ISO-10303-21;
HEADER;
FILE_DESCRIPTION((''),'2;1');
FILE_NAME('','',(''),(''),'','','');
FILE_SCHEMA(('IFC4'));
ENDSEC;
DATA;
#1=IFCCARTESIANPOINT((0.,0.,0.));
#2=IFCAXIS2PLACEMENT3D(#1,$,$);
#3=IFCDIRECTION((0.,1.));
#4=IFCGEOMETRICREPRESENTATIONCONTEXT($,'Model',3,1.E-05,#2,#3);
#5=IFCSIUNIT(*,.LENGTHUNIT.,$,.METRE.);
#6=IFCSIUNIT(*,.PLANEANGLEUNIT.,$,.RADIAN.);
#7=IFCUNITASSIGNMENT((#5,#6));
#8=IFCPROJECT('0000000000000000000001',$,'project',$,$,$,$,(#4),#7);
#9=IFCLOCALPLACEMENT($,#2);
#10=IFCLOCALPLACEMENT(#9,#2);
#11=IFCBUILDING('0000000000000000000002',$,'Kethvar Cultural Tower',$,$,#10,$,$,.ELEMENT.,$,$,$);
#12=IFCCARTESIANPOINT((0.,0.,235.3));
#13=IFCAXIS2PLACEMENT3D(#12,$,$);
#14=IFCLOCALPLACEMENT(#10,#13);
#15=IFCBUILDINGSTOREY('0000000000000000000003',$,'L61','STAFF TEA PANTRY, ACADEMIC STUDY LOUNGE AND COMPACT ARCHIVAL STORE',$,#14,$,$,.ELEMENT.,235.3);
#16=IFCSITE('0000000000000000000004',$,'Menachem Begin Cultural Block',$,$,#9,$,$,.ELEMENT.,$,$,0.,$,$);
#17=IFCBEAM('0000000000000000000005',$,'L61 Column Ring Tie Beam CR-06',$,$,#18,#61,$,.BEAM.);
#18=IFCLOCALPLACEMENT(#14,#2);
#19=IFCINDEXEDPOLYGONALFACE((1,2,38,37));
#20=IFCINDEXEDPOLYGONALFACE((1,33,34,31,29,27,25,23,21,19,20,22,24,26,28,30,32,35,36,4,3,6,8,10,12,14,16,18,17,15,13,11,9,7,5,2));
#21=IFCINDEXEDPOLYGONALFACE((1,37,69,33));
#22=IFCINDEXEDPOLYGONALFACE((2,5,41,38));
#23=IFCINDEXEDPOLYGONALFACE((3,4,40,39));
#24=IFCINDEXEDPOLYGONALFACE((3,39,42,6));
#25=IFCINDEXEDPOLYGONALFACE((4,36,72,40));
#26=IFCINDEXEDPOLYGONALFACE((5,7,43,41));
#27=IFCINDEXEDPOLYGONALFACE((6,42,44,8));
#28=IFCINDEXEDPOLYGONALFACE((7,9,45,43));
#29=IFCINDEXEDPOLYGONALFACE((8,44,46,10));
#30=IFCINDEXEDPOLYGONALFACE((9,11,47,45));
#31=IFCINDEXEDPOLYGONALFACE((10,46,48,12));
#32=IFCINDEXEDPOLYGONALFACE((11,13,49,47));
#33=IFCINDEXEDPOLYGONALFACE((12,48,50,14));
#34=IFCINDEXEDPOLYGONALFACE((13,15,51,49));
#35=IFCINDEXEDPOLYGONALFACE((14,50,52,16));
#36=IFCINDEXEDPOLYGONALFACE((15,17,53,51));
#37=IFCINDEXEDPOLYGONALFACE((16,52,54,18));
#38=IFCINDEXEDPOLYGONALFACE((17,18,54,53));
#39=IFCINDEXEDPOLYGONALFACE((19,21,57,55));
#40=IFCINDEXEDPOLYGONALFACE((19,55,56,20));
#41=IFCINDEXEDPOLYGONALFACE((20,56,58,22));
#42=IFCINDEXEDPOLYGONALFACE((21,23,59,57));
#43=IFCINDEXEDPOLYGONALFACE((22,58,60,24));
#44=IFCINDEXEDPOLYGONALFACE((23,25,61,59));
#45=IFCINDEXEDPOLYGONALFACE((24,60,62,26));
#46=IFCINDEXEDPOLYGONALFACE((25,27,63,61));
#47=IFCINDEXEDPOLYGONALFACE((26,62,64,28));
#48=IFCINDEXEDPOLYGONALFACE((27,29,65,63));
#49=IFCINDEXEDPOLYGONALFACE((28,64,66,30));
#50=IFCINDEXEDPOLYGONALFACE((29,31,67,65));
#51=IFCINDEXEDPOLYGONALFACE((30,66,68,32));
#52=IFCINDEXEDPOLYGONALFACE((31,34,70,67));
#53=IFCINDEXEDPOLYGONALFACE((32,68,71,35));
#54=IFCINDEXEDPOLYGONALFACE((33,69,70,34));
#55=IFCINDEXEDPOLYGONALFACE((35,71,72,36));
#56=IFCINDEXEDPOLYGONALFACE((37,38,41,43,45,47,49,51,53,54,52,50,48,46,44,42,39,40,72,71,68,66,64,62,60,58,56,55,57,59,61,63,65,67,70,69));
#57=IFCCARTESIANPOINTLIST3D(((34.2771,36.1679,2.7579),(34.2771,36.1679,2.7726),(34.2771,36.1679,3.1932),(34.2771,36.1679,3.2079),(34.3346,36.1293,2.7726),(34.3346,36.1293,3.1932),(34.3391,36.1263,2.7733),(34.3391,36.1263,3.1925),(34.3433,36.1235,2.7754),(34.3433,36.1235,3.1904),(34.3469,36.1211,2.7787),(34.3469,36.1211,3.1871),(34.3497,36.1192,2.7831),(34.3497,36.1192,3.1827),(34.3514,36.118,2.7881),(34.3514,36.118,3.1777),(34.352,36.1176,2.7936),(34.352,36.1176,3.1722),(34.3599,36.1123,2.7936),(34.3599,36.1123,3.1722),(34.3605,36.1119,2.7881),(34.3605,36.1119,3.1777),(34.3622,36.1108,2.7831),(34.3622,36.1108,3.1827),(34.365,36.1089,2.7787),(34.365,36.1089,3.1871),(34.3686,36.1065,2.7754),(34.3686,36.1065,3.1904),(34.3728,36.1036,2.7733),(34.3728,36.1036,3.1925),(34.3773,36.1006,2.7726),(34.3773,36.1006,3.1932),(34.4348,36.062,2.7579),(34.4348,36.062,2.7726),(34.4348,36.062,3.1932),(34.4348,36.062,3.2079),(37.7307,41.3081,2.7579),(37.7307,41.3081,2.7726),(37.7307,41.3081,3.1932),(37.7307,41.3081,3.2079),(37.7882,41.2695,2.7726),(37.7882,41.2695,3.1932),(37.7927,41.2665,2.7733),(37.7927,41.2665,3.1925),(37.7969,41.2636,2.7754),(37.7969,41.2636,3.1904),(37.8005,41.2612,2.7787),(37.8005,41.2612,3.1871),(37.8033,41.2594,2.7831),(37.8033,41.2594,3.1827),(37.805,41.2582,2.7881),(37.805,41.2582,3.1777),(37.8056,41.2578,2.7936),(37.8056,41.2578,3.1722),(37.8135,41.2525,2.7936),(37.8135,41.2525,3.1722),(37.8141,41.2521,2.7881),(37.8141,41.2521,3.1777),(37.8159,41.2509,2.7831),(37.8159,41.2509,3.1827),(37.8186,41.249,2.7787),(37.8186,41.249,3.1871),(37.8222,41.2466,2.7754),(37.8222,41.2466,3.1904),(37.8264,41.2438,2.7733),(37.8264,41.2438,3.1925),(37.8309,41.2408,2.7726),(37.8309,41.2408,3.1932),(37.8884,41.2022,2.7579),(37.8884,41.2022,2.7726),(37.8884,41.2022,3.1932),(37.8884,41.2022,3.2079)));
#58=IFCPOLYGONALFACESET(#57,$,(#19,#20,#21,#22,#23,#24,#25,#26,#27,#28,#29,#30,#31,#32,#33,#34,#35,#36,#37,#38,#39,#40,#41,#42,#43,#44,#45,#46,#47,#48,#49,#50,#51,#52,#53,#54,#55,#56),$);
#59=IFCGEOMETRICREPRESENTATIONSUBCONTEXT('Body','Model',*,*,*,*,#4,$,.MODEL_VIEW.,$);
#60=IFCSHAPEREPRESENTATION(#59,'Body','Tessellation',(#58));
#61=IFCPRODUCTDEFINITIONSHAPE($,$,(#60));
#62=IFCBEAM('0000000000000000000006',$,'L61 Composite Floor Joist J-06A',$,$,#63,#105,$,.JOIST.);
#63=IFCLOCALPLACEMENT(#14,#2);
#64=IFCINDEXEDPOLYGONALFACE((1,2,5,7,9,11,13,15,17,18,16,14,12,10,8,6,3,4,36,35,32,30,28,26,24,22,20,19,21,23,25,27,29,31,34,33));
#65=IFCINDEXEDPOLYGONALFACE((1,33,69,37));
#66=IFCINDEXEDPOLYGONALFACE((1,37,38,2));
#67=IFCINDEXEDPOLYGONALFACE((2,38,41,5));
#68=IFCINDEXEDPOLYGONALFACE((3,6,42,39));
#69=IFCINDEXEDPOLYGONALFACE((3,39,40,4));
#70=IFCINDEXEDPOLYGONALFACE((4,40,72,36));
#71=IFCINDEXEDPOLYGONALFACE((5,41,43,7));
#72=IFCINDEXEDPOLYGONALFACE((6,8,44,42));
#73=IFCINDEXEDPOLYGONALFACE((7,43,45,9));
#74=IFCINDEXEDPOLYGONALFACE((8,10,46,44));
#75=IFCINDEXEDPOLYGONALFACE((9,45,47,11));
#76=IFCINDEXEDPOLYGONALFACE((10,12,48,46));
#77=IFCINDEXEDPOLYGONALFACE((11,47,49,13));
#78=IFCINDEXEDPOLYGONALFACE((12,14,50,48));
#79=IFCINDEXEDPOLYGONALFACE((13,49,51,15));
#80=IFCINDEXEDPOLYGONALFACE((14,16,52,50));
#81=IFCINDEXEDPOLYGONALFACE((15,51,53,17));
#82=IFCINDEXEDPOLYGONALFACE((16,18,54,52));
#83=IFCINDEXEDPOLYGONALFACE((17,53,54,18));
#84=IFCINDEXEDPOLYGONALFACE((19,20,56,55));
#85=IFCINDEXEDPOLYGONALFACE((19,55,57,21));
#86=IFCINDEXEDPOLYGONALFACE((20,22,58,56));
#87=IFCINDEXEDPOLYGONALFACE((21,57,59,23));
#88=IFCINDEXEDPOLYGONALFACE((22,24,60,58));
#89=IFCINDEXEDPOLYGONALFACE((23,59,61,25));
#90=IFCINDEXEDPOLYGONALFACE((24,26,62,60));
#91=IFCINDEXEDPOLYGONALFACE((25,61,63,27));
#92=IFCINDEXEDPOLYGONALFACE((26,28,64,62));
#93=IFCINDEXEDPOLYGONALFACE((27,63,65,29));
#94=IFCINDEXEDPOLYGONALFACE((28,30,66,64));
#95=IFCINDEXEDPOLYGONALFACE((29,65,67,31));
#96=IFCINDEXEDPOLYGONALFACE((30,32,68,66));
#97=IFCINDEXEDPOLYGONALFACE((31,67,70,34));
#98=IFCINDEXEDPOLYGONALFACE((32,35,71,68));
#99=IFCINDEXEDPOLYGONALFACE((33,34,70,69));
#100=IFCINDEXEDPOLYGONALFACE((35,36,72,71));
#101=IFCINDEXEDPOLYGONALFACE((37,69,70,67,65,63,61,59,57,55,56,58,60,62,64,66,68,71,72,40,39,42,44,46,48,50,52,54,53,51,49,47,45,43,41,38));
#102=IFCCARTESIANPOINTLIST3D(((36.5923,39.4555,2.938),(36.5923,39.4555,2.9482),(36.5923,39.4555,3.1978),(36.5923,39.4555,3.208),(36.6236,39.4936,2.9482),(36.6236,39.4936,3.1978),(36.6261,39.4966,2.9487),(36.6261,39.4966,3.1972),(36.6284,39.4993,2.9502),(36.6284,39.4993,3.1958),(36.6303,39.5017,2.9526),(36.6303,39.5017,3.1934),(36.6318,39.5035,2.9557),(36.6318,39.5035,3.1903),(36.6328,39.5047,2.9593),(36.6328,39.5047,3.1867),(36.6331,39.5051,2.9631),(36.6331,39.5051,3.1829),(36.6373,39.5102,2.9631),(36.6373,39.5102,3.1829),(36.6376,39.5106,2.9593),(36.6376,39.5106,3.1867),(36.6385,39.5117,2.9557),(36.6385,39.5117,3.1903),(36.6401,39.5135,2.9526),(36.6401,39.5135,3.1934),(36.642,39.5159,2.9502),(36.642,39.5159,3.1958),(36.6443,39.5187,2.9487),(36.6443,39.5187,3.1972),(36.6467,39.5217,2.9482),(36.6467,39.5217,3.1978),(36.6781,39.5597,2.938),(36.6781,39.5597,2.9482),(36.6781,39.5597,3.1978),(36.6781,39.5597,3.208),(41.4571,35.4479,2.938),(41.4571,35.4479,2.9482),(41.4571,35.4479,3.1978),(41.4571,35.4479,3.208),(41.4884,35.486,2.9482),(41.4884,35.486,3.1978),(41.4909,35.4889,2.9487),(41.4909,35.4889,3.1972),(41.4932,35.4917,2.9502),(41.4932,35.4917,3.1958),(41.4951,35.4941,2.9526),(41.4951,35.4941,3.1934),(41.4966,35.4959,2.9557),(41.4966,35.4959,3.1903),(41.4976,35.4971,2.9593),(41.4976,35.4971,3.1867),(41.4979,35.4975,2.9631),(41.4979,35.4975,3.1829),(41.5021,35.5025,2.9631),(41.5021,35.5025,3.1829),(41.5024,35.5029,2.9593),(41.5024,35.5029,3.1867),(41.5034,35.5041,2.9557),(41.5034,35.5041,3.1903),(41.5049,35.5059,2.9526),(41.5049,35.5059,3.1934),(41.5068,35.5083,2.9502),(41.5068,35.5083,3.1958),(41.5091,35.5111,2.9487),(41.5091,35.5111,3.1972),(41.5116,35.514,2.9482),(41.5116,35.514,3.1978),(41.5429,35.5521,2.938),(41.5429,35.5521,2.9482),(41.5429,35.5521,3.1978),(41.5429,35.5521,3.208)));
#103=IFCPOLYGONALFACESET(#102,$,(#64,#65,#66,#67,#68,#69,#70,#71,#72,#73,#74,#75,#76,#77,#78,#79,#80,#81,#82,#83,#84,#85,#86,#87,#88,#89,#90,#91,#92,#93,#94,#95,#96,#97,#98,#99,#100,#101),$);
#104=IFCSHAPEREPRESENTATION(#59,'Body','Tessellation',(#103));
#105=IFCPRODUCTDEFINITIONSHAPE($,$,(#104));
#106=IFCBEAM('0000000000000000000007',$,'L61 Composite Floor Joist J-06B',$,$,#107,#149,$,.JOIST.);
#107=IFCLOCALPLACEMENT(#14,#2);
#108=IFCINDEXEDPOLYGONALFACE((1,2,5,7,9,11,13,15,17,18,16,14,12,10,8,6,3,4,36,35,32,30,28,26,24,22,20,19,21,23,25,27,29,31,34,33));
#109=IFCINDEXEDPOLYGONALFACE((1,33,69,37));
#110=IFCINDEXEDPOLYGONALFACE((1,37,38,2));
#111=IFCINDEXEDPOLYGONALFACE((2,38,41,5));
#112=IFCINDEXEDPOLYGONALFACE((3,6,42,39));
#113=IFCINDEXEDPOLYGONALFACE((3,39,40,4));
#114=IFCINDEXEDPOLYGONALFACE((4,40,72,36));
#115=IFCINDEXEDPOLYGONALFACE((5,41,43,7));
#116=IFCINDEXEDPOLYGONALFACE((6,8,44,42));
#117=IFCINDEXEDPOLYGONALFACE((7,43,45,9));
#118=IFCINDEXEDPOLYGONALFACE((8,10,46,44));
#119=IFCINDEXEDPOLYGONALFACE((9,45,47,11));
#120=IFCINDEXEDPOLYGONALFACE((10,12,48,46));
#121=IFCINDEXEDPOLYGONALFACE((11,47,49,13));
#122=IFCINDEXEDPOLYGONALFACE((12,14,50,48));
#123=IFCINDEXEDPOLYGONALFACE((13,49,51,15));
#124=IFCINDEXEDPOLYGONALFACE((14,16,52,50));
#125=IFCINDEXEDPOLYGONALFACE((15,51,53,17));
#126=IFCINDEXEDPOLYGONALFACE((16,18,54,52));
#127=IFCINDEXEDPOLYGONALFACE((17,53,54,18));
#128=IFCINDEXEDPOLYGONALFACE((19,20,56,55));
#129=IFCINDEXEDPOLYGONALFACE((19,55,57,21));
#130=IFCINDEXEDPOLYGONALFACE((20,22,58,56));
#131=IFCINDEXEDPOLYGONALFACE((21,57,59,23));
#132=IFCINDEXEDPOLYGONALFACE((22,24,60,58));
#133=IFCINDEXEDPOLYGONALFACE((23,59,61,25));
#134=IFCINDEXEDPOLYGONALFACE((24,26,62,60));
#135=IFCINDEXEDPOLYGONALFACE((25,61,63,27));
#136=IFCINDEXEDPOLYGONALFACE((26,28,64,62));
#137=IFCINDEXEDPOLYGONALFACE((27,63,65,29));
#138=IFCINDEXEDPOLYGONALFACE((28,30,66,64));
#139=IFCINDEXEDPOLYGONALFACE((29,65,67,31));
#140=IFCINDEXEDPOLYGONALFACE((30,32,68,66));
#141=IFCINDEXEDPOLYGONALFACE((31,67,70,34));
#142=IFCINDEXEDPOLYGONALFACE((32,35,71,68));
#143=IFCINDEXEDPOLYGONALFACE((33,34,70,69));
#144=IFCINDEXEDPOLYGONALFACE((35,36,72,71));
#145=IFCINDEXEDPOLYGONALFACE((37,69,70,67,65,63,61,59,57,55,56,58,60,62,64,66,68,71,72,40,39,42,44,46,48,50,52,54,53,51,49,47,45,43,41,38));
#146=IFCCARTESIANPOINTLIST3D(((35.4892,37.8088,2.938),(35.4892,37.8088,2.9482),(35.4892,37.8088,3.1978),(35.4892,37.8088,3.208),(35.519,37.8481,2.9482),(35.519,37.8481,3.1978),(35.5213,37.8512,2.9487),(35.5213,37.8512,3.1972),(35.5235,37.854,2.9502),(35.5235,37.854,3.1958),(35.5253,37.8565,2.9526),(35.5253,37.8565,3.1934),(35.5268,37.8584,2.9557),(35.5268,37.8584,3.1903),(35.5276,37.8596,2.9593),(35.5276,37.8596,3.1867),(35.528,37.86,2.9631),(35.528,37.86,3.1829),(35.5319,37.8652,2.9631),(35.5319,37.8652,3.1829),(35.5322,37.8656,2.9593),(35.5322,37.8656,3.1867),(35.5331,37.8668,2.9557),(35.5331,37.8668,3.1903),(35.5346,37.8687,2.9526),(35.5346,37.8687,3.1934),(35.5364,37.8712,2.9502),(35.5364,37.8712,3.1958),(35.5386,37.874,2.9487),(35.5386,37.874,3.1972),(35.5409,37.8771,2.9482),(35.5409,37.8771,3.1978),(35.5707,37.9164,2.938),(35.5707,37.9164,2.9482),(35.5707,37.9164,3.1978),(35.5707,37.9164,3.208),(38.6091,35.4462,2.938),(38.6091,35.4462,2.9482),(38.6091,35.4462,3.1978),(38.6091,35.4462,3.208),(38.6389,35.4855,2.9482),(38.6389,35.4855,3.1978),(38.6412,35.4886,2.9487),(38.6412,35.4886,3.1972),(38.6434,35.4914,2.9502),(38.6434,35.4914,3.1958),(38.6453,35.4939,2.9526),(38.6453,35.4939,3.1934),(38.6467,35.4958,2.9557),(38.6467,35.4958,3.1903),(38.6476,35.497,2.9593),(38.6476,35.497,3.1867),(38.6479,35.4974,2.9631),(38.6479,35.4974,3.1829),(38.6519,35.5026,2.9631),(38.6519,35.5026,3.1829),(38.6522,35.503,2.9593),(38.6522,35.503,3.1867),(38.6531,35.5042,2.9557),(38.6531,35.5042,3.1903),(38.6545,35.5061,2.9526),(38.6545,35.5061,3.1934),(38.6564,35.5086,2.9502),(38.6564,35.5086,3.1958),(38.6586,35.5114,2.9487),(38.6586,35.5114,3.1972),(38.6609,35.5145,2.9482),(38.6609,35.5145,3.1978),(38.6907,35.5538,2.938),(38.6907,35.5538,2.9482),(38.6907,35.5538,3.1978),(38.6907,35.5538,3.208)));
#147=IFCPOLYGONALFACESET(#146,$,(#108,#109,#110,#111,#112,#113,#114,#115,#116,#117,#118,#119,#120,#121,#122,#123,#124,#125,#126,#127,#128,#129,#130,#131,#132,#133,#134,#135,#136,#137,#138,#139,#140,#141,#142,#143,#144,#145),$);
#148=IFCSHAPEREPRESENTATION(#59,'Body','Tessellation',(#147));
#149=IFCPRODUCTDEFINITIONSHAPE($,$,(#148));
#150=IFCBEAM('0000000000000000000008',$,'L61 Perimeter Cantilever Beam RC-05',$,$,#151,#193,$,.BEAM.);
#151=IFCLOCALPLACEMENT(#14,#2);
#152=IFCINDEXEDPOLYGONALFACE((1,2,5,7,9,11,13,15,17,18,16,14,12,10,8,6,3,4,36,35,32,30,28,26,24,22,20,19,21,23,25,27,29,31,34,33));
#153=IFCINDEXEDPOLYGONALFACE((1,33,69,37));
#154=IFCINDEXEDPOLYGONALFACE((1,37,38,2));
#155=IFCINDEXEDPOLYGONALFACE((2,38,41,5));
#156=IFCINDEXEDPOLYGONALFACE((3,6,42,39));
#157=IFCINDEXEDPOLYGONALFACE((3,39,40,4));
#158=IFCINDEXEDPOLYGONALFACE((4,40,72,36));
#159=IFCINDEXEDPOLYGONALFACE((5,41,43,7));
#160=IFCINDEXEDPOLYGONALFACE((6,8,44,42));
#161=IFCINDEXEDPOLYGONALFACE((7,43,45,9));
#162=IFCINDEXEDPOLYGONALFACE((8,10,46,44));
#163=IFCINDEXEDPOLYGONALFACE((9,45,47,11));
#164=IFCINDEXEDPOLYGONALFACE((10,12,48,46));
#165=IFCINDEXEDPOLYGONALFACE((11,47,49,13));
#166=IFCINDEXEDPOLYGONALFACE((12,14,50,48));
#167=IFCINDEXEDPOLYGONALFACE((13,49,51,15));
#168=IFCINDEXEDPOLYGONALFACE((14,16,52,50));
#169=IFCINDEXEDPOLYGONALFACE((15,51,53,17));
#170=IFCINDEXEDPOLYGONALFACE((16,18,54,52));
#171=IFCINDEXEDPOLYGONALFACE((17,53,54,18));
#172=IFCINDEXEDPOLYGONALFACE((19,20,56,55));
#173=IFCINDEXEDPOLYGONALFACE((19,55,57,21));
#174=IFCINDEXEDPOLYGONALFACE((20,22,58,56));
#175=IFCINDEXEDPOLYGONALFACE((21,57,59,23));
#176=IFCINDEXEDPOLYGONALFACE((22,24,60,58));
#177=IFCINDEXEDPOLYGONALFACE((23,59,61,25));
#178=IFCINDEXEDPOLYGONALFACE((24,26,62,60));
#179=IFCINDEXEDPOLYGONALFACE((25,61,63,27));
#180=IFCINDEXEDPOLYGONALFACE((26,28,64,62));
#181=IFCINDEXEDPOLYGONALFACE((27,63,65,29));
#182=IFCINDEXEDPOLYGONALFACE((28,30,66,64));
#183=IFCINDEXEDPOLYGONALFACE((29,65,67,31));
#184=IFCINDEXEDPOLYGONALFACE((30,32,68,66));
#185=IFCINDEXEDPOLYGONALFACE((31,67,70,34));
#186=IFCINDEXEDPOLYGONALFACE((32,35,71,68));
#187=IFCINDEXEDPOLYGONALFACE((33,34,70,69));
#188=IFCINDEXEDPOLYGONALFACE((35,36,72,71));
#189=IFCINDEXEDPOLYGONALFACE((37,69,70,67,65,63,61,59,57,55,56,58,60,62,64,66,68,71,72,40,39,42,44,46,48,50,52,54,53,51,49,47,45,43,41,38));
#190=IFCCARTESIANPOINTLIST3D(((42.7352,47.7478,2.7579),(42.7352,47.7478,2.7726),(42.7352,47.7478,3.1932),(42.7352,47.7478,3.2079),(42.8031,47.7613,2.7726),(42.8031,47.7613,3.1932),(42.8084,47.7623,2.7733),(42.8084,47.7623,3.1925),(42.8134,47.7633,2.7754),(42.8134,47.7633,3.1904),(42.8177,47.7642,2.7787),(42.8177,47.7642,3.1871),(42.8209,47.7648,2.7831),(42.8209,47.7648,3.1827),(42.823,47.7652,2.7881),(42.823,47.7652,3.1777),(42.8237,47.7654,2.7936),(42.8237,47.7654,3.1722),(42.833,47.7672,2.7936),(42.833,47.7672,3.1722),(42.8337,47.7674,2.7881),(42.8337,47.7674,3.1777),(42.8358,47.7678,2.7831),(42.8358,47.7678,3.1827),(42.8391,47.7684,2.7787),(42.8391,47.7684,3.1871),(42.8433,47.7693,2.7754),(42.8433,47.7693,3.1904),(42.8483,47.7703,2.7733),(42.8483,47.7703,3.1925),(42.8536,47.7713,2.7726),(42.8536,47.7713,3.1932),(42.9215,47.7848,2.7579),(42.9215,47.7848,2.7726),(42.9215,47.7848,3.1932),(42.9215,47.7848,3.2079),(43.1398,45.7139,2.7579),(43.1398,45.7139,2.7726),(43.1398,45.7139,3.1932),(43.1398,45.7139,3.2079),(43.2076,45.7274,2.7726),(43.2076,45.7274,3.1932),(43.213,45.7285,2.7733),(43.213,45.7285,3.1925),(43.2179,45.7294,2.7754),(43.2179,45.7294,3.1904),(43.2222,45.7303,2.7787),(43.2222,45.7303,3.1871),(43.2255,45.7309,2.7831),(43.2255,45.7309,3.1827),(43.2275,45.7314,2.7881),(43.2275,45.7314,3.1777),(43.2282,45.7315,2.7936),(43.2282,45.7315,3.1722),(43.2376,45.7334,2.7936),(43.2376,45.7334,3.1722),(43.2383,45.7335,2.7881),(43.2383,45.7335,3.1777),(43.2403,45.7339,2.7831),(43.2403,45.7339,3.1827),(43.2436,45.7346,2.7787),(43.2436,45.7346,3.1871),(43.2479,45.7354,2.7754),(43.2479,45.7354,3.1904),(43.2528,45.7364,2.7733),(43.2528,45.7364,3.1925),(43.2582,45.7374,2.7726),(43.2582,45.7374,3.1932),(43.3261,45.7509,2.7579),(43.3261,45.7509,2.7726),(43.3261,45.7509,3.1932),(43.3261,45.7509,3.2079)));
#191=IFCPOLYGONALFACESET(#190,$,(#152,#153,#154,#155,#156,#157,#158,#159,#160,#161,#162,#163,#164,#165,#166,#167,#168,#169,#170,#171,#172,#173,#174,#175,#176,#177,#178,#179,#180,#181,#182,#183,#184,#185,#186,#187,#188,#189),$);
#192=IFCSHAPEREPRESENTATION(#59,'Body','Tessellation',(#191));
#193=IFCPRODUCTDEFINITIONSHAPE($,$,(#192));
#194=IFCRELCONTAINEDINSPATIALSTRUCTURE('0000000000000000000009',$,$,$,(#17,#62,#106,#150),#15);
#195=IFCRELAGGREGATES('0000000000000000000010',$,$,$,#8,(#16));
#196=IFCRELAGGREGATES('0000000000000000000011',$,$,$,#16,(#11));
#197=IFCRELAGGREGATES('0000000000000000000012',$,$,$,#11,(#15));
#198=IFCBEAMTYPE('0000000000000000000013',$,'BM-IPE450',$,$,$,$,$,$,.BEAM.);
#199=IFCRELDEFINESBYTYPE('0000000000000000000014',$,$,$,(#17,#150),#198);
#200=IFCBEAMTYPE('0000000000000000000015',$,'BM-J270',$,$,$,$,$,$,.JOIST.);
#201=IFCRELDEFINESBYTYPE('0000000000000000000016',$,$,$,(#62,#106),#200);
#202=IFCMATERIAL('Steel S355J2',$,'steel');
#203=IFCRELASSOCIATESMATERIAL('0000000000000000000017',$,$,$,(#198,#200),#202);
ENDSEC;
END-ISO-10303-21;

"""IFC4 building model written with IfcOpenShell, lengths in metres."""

from ifc_helpers import new_model, si_unit, direction, frame, origin, origin_2d, place, context, subcontext, project, spatial, i_section, extrude, source, transform, mapped, material, material_profile, profile_set, type_object, element, save


model = new_model("IFC4")

# Units and contexts
model_context = context("Model", 3, precision=1e-05, world=origin(), true_north=direction((0.0, 1.0)))
body_context = subcontext(model_context, "Body", "Model", "MODEL_VIEW")
ifc_project = project(units=[si_unit("LENGTHUNIT", "METRE"), si_unit("PLANEANGLEUNIT", "RADIAN")], contexts=[model_context])

# Site, building, storey
site_placement = place(None, origin())
site = spatial("IfcSite", under=ifc_project, at=site_placement, Name="Menachem Begin Cultural Block", CompositionType="ELEMENT", RefElevation=0.0)
building_placement = place(site_placement, origin())
building = spatial("IfcBuilding", under=site, at=building_placement, Name="Kethvar Cultural Tower", CompositionType="ELEMENT")
storey_placement = place(building_placement, frame((0.0, 0.0, 235.3)))
storey = spatial("IfcBuildingStorey", under=building, at=storey_placement, Name="L61", Description="STAFF TEA PANTRY, ACADEMIC STUDY LOUNGE AND COMPACT ARCHIVAL STORE", CompositionType="ELEMENT", Elevation=235.3)

# Beams
ifc_material_1 = material(Name="Steel S355J2", Category="steel")
ifc_material_profile_1 = material_profile(ifc_material_1, i_section(OverallWidth=0.1899, OverallDepth=0.45, WebThickness=0.0095, FlangeThickness=0.0146, FilletRadius=0.021, at=origin_2d()), Name="Steel S355J2 — IPE450")
ifc_profile_set_1 = profile_set([ifc_material_profile_1], Name="Steel S355J2 — IPE450")
beam_type_1 = type_object("IfcBeamType", Name="BM-IPE450", PredefinedType="BEAM", material=ifc_profile_set_1)
ifc_material_profile_2 = material_profile(ifc_material_1, i_section(OverallWidth=0.135, OverallDepth=0.27, WebThickness=0.0066, FlangeThickness=0.0103, FilletRadius=0.0149, at=origin_2d()), Name="Steel S355J2 — IPE270")
ifc_profile_set_2 = profile_set([ifc_material_profile_2], Name="Steel S355J2 — IPE270")
beam_type_2 = type_object("IfcBeamType", Name="BM-J270", PredefinedType="JOIST", material=ifc_profile_set_2)
shared_shape_1 = source(origin(), body_context, "Body", "SweptSolid", [
    extrude(i_section(OverallWidth=0.1899, OverallDepth=0.45, WebThickness=0.0095, FlangeThickness=0.0146, FilletRadius=0.021, at=origin_2d()), origin(), (0.0, 0.0, 1.0), 6.1926),
])
beam_1_placement = place(storey_placement, frame((37.8096, 41.2551, 2.9829), z_axis=(-0.557699, -0.830043, 0.0), x_axis=(0.830043, -0.557699, 0.0)))
element("IfcBeam", 1, at=beam_1_placement, inside=storey, type_object=beam_type_1, Name="L61 Column Ring Tie Beam CR-06", PredefinedType="BEAM", context=body_context, shape_type="MappedRepresentation", body=[
    mapped(shared_shape_1, transform((0.0, 0.0, 0.0), scale=1.0)),
])
shared_shape_2 = source(origin(), body_context, "Body", "SweptSolid", [
    extrude(i_section(OverallWidth=0.135, OverallDepth=0.27, WebThickness=0.0066, FlangeThickness=0.0103, FilletRadius=0.0149, at=origin_2d()), origin(), (0.0, 0.0, 1.0), 6.303),
])
beam_2_placement = place(storey_placement, frame((41.5, 35.5, 3.073), z_axis=(-0.771828, 0.635831, 0.0), x_axis=(-0.635831, -0.771828, 0.0)))
element("IfcBeam", 2, at=beam_2_placement, inside=storey, type_object=beam_type_2, Name="L61 Composite Floor Joist J-06A", PredefinedType="JOIST", context=body_context, shape_type="MappedRepresentation", body=[
    mapped(shared_shape_2, transform((0.0, 0.0, 0.0), scale=1.0)),
])
shared_shape_3 = source(origin(), body_context, "Body", "SweptSolid", [
    extrude(i_section(OverallWidth=0.135, OverallDepth=0.27, WebThickness=0.0066, FlangeThickness=0.0103, FilletRadius=0.0149, at=origin_2d()), origin(), (0.0, 0.0, 1.0), 3.9136),
])
beam_3_placement = place(storey_placement, frame((38.6499, 35.5, 3.073), z_axis=(-0.797214, 0.603697, 0.0), x_axis=(-0.603697, -0.797214, 0.0)))
element("IfcBeam", 3, at=beam_3_placement, inside=storey, type_object=beam_type_2, Name="L61 Composite Floor Joist J-06B", PredefinedType="JOIST", context=body_context, shape_type="MappedRepresentation", body=[
    mapped(shared_shape_3, transform((0.0, 0.0, 0.0), scale=1.0)),
])
shared_shape_4 = source(origin(), body_context, "Body", "SweptSolid", [
    extrude(i_section(OverallWidth=0.1899, OverallDepth=0.45, WebThickness=0.0095, FlangeThickness=0.0146, FilletRadius=0.021, at=origin_2d()), origin(), (0.0, 0.0, 1.0), 2.0737),
])
beam_4_placement = place(storey_placement, frame((43.2329, 45.7324, 2.9829), z_axis=(-0.195075, 0.980788, 0.0), x_axis=(-0.980788, -0.195075, 0.0)))
element("IfcBeam", 4, at=beam_4_placement, inside=storey, type_object=beam_type_1, Name="L61 Perimeter Cantilever Beam RC-05", PredefinedType="BEAM", context=body_context, shape_type="MappedRepresentation", body=[
    mapped(shared_shape_4, transform((0.0, 0.0, 0.0), scale=1.0)),
])

save(model, "model.ifc")
